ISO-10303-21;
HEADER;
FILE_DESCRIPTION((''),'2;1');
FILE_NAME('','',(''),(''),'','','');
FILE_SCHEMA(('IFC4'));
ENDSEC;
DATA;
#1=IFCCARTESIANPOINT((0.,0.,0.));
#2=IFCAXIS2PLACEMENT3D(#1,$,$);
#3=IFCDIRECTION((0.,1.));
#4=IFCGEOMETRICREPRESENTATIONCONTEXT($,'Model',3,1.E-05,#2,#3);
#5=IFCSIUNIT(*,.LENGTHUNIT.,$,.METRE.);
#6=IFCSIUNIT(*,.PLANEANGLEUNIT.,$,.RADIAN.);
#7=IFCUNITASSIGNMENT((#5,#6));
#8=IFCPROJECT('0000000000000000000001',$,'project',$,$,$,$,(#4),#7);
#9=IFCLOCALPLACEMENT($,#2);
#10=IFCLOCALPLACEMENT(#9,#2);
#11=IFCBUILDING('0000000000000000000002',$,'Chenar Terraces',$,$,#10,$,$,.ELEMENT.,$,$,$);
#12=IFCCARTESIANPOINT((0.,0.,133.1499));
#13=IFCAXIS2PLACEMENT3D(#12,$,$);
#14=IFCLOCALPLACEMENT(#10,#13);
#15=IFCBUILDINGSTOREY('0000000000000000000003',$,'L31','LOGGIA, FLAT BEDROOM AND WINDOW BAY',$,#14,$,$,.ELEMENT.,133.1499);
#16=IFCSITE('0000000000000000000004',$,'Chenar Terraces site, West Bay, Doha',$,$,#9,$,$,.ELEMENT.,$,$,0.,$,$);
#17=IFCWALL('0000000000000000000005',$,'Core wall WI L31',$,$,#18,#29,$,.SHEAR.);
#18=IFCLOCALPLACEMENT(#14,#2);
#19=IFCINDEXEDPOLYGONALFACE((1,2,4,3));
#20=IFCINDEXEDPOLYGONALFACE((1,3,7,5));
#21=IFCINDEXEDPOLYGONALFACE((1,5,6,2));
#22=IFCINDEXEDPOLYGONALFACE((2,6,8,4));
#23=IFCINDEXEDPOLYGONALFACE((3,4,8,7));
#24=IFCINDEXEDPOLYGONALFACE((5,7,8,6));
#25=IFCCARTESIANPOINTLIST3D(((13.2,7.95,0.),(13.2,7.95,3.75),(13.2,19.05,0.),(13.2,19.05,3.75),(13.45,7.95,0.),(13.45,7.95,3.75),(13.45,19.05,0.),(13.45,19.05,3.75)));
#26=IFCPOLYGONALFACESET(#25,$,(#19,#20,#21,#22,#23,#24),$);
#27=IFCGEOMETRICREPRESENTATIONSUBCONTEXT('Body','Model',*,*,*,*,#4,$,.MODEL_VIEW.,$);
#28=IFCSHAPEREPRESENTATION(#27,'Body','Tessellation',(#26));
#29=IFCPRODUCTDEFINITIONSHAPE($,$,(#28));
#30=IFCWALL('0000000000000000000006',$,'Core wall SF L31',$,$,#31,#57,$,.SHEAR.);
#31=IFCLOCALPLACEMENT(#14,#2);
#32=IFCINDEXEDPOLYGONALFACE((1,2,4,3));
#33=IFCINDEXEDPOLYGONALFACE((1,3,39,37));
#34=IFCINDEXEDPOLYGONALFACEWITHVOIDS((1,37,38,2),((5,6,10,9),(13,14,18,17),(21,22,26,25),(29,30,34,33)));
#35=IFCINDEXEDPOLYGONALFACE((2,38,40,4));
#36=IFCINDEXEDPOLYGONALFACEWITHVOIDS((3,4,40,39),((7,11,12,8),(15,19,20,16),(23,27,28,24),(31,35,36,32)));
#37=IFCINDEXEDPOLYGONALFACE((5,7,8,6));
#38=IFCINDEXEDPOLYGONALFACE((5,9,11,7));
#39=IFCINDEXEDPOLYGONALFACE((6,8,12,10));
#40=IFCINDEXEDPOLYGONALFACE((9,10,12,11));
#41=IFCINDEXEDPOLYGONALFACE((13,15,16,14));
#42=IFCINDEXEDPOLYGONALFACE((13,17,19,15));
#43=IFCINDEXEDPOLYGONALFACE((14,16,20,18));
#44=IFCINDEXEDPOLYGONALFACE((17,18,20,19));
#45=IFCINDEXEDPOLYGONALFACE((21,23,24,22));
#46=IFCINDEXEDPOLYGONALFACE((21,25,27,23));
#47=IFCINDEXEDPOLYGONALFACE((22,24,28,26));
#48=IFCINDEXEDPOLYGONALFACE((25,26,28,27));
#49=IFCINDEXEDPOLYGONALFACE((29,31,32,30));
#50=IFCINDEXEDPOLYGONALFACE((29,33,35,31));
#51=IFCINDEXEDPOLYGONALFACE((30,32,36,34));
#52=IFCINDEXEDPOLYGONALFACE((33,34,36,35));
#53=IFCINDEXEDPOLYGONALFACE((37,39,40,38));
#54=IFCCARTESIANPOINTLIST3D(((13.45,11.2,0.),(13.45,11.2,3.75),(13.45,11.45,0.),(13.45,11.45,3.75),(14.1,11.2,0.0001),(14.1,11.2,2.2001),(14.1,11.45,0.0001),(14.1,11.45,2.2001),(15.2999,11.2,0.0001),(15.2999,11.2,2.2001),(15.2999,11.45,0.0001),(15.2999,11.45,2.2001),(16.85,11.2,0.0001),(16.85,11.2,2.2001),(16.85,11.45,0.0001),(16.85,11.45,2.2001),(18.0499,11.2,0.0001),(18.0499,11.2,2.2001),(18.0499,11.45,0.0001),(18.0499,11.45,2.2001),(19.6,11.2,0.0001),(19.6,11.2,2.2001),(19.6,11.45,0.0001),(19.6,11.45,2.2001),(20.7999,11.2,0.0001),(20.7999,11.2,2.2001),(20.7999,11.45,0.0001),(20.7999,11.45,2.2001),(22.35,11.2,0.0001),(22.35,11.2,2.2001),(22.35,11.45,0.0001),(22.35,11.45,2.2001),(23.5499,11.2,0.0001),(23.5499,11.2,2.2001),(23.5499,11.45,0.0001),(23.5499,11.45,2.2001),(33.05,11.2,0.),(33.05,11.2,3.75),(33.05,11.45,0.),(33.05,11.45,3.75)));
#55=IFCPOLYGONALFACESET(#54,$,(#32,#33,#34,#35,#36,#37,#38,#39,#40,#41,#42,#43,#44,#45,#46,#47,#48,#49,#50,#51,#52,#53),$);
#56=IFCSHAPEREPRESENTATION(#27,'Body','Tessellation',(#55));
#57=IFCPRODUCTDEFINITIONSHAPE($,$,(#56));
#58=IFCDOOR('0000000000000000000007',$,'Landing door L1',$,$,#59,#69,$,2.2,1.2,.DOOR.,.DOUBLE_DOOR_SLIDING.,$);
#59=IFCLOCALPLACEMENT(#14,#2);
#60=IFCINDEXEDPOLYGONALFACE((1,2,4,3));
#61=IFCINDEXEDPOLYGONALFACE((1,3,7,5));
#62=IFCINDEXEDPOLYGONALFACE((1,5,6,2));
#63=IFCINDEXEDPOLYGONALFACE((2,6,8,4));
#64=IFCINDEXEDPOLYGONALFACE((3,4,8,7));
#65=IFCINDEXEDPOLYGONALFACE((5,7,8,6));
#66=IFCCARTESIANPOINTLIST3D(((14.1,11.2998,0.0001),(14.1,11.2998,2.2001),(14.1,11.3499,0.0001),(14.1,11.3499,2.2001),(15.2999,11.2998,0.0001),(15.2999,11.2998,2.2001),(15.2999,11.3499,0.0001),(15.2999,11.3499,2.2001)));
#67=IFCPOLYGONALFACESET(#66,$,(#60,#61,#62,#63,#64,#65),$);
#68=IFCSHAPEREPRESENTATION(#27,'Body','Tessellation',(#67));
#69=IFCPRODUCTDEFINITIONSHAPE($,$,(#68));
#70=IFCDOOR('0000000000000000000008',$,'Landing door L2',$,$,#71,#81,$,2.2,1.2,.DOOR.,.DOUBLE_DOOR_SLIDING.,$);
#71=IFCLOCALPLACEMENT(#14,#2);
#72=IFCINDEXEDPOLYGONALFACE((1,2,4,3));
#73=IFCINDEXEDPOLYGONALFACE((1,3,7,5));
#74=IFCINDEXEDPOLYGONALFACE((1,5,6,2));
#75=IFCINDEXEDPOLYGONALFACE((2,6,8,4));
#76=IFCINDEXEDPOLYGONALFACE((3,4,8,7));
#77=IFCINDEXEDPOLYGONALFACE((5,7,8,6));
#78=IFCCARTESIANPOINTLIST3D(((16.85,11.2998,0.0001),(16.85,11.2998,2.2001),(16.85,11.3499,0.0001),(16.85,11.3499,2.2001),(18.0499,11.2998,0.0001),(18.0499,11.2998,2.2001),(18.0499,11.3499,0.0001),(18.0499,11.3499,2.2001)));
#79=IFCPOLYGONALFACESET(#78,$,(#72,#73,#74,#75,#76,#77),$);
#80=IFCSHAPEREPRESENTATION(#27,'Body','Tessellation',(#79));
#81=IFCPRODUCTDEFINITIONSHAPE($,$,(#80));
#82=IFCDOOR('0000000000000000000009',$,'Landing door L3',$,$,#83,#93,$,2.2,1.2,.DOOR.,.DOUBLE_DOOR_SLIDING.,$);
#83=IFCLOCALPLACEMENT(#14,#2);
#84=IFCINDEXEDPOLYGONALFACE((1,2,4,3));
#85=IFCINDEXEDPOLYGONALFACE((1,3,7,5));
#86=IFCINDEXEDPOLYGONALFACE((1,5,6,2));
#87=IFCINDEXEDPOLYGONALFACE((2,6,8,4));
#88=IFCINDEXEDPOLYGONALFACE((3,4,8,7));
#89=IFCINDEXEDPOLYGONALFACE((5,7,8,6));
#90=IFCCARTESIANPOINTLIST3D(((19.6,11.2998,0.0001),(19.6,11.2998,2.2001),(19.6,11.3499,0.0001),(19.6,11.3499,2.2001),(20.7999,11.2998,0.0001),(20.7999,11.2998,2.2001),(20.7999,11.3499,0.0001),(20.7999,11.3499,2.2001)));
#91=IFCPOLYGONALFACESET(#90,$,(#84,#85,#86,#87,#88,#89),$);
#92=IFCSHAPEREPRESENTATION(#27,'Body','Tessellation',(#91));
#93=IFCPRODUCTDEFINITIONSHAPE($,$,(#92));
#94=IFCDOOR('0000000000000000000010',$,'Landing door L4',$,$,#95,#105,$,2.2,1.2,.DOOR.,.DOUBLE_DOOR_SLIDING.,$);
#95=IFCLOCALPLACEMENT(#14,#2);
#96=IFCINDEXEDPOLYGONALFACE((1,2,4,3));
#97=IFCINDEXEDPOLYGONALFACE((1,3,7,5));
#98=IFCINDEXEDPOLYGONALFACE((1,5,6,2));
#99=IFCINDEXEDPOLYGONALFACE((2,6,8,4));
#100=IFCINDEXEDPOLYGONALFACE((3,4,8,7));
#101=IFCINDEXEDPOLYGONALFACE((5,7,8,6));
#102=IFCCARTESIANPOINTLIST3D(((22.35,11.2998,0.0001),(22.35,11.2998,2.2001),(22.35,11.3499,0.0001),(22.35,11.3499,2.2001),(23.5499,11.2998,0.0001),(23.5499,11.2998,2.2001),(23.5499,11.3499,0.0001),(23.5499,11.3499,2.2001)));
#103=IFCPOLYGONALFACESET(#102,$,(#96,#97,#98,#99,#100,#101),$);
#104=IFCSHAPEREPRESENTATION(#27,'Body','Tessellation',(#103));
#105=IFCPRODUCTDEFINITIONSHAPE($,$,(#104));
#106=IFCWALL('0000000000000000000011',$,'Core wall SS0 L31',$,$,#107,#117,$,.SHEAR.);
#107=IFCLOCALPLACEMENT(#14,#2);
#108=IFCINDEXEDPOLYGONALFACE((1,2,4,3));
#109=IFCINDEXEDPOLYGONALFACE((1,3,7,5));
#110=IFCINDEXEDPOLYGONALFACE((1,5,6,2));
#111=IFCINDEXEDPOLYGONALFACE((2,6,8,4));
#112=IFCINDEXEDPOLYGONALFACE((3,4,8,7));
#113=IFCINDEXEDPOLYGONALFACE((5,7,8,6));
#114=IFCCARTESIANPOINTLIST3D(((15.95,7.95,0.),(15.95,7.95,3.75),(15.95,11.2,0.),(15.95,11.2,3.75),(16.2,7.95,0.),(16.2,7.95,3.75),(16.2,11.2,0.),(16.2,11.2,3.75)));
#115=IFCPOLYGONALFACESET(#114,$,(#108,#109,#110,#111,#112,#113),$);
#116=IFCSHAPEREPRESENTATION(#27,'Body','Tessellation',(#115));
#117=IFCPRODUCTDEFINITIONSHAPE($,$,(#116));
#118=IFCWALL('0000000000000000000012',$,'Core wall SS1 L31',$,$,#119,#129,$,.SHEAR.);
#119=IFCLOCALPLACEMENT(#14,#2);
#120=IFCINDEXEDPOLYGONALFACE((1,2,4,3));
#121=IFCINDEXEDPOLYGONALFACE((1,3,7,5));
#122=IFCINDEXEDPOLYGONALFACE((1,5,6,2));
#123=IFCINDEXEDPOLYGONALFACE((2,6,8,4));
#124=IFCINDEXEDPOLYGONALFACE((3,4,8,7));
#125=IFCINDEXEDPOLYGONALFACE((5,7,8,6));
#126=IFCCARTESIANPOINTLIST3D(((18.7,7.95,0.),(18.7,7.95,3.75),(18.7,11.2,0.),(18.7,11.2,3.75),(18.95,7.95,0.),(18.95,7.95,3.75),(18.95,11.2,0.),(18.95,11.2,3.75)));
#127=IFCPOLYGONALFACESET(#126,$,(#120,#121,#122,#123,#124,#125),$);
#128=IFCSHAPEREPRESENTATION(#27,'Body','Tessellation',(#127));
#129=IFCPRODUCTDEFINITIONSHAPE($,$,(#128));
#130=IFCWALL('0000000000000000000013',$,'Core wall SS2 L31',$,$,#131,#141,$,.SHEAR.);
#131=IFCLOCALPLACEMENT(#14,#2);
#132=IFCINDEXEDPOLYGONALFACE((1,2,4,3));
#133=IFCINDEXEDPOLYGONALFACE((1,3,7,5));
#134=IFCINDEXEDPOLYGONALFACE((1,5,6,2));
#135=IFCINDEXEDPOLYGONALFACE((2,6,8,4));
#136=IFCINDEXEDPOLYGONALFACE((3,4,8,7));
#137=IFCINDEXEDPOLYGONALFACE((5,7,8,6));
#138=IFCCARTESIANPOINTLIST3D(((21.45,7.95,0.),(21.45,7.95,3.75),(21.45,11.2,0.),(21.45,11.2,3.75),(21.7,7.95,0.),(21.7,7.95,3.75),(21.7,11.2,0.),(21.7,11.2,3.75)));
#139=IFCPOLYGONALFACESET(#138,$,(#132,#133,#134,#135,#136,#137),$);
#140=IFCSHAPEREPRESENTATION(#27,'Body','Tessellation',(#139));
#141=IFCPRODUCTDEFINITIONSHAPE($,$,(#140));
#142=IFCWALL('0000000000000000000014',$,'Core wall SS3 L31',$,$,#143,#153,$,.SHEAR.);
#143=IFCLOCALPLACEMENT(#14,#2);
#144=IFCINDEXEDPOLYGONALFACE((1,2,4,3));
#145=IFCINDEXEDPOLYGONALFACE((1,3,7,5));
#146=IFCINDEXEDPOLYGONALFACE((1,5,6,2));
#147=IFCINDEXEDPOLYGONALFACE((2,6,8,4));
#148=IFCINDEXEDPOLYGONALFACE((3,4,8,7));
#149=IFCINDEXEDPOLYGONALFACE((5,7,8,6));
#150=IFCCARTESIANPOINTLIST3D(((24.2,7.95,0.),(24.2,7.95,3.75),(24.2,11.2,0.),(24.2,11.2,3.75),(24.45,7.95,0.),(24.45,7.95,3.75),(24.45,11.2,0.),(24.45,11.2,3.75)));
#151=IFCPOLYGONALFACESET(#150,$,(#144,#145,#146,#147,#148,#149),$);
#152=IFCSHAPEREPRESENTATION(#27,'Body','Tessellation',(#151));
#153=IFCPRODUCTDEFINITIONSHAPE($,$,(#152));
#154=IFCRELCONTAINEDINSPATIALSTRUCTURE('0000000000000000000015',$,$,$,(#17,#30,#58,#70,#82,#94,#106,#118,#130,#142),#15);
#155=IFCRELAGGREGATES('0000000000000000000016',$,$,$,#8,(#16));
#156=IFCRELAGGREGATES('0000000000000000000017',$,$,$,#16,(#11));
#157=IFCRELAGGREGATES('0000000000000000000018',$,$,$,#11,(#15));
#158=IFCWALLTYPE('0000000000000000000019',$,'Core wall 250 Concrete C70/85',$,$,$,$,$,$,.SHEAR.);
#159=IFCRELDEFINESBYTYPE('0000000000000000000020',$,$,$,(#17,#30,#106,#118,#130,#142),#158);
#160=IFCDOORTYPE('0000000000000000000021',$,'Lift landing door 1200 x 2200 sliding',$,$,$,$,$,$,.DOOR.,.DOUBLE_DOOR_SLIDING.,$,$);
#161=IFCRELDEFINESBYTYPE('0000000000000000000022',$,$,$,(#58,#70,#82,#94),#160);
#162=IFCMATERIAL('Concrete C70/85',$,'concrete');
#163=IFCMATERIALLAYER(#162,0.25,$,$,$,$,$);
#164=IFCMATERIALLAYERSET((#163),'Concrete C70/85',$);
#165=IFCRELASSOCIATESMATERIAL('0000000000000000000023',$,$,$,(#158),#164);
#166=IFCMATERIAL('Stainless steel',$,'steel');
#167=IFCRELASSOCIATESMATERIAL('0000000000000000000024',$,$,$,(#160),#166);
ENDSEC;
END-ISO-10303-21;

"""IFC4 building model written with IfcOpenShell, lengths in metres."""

from ifc_helpers import new_model, si_unit, direction, frame, frame_2d, origin, place, context, subcontext, project, spatial, rectangle, extrude, material, layer, layer_set, type_object, element, fill, save


model = new_model("IFC4")

# Units and contexts
model_context = context("Model", 3, precision=1e-05, world=origin(), true_north=direction((0.0, 1.0)))
body_context = subcontext(model_context, "Body", "Model", "MODEL_VIEW")
ifc_project = project(units=[si_unit("LENGTHUNIT", "METRE"), si_unit("PLANEANGLEUNIT", "RADIAN")], contexts=[model_context])

# Site, building, storey
site_placement = place(None, origin())
site = spatial("IfcSite", under=ifc_project, at=site_placement, Name="Chenar Terraces site, West Bay, Doha", CompositionType="ELEMENT", RefElevation=0.0)
building_placement = place(site_placement, origin())
building = spatial("IfcBuilding", under=site, at=building_placement, Name="Chenar Terraces", CompositionType="ELEMENT")
storey_placement = place(building_placement, frame((0.0, 0.0, 133.1499)))
storey = spatial("IfcBuildingStorey", under=building, at=storey_placement, Name="L31", Description="LOGGIA, FLAT BEDROOM AND WINDOW BAY", CompositionType="ELEMENT", Elevation=133.1499)

# Wall
ifc_material_1 = material(Name="Concrete C70/85", Category="concrete")
ifc_layer_1 = layer(ifc_material_1, 0.25)
ifc_layer_set_1 = layer_set([ifc_layer_1], Name="Concrete C70/85")
wall_type_1 = type_object("IfcWallType", Name="Core wall 250 Concrete C70/85", PredefinedType="SHEAR", material=ifc_layer_set_1)
wall_1_placement = place(storey_placement, frame((13.325, 7.95, 0.0), z_axis=(0.0, 0.0, 1.0), x_axis=(0.0, 1.0, 0.0)))
element("IfcWall", 1, at=wall_1_placement, inside=storey, type_object=wall_type_1, Name="Core wall WI L31", PredefinedType="SHEAR", context=body_context, shape_type="SweptSolid", body=[
    extrude(rectangle(XDim=11.1001, YDim=0.25, at=frame_2d((5.55, 0.0))), origin(), (0.0, 0.0, 1.0), 3.75),
])

# Wall, openings, doors
wall_2_placement = place(storey_placement, frame((13.45, 11.325, 0.0), z_axis=(0.0, 0.0, 1.0), x_axis=(1.0, 0.0, 0.0)))
wall_2 = element("IfcWall", 2, at=wall_2_placement, inside=storey, type_object=wall_type_1, Name="Core wall SF L31", PredefinedType="SHEAR", context=body_context, shape_type="SweptSolid", body=[
    extrude(rectangle(XDim=19.6001, YDim=0.25, at=frame_2d((9.8, 0.0))), origin(), (0.0, 0.0, 1.0), 3.75),
])
opening_1_placement = place(wall_2_placement, frame((0.6499, 0.0, 0.0)))
opening_1 = element("IfcOpeningElement", 3, at=opening_1_placement, cuts=wall_2, PredefinedType="OPENING", context=body_context, shape_type="SweptSolid", body=[
    extrude(rectangle(XDim=1.2, YDim=2.2, at=frame_2d((0.6001, 1.1001))), frame((0.0, 0.135, 0.0), z_axis=(0.0, -1.0, 0.0), x_axis=(1.0, 0.0, 0.0)), (0.0, 0.0, 1.0), 0.27),
])
opening_2_placement = place(wall_2_placement, frame((3.3999, 0.0, 0.0)))
opening_2 = element("IfcOpeningElement", 4, at=opening_2_placement, cuts=wall_2, PredefinedType="OPENING", context=body_context, shape_type="SweptSolid", body=[
    extrude(rectangle(XDim=1.2, YDim=2.2, at=frame_2d((0.6001, 1.1001))), frame((0.0, 0.135, 0.0), z_axis=(0.0, -1.0, 0.0), x_axis=(1.0, 0.0, 0.0)), (0.0, 0.0, 1.0), 0.27),
])
opening_3_placement = place(wall_2_placement, frame((6.1499, 0.0, 0.0)))
opening_3 = element("IfcOpeningElement", 5, at=opening_3_placement, cuts=wall_2, PredefinedType="OPENING", context=body_context, shape_type="SweptSolid", body=[
    extrude(rectangle(XDim=1.2, YDim=2.2, at=frame_2d((0.6001, 1.1001))), frame((0.0, 0.135, 0.0), z_axis=(0.0, -1.0, 0.0), x_axis=(1.0, 0.0, 0.0)), (0.0, 0.0, 1.0), 0.27),
])
opening_4_placement = place(wall_2_placement, frame((8.8999, 0.0, 0.0)))
opening_4 = element("IfcOpeningElement", 6, at=opening_4_placement, cuts=wall_2, PredefinedType="OPENING", context=body_context, shape_type="SweptSolid", body=[
    extrude(rectangle(XDim=1.2, YDim=2.2, at=frame_2d((0.6001, 1.1001))), frame((0.0, 0.135, 0.0), z_axis=(0.0, -1.0, 0.0), x_axis=(1.0, 0.0, 0.0)), (0.0, 0.0, 1.0), 0.27),
])
ifc_material_2 = material(Name="Stainless steel", Category="steel")
door_type_1 = type_object("IfcDoorType", Name="Lift landing door 1200 x 2200 sliding", OperationType="DOUBLE_DOOR_SLIDING", PredefinedType="DOOR", material=ifc_material_2)
door_1_placement = place(opening_1_placement, origin())
door_1 = element("IfcDoor", 7, at=door_1_placement, inside=storey, type_object=door_type_1, Name="Landing door L1", OperationType="DOUBLE_DOOR_SLIDING", OverallHeight=2.2, OverallWidth=1.2, PredefinedType="DOOR", context=body_context, shape_type="SweptSolid", body=[
    extrude(rectangle(XDim=1.2, YDim=2.2, at=frame_2d((0.6001, 1.1001))), frame((0.0, 0.0249, 0.0), z_axis=(0.0, -1.0, 0.0), x_axis=(1.0, 0.0, 0.0)), (0.0, 0.0, 1.0), 0.05),
])
fill(opening_1, door_1)
door_2_placement = place(opening_2_placement, origin())
door_2 = element("IfcDoor", 8, at=door_2_placement, inside=storey, type_object=door_type_1, Name="Landing door L2", OperationType="DOUBLE_DOOR_SLIDING", OverallHeight=2.2, OverallWidth=1.2, PredefinedType="DOOR", context=body_context, shape_type="SweptSolid", body=[
    extrude(rectangle(XDim=1.2, YDim=2.2, at=frame_2d((0.6001, 1.1001))), frame((0.0, 0.0249, 0.0), z_axis=(0.0, -1.0, 0.0), x_axis=(1.0, 0.0, 0.0)), (0.0, 0.0, 1.0), 0.05),
])
fill(opening_2, door_2)
door_3_placement = place(opening_3_placement, origin())
door_3 = element("IfcDoor", 9, at=door_3_placement, inside=storey, type_object=door_type_1, Name="Landing door L3", OperationType="DOUBLE_DOOR_SLIDING", OverallHeight=2.2, OverallWidth=1.2, PredefinedType="DOOR", context=body_context, shape_type="SweptSolid", body=[
    extrude(rectangle(XDim=1.2, YDim=2.2, at=frame_2d((0.6001, 1.1001))), frame((0.0, 0.0249, 0.0), z_axis=(0.0, -1.0, 0.0), x_axis=(1.0, 0.0, 0.0)), (0.0, 0.0, 1.0), 0.05),
])
fill(opening_3, door_3)
door_4_placement = place(opening_4_placement, origin())
door_4 = element("IfcDoor", 10, at=door_4_placement, inside=storey, type_object=door_type_1, Name="Landing door L4", OperationType="DOUBLE_DOOR_SLIDING", OverallHeight=2.2, OverallWidth=1.2, PredefinedType="DOOR", context=body_context, shape_type="SweptSolid", body=[
    extrude(rectangle(XDim=1.2, YDim=2.2, at=frame_2d((0.6001, 1.1001))), frame((0.0, 0.0249, 0.0), z_axis=(0.0, -1.0, 0.0), x_axis=(1.0, 0.0, 0.0)), (0.0, 0.0, 1.0), 0.05),
])
fill(opening_4, door_4)

# Walls
for number, where, z_axis, x_axis, name in (
    (11, (16.075, 7.95, 0.0), (0.0, 0.0, 1.0), (0.0, 1.0, 0.0), "Core wall SS0 L31"),
    (12, (18.825, 7.95, 0.0), (0.0, 0.0, 1.0), (0.0, 1.0, 0.0), "Core wall SS1 L31"),
    (13, (21.575, 7.95, 0.0), (0.0, 0.0, 1.0), (0.0, 1.0, 0.0), "Core wall SS2 L31"),
    (14, (24.325, 7.95, 0.0), (0.0, 0.0, 1.0), (0.0, 1.0, 0.0), "Core wall SS3 L31"),
):
    element("IfcWall", number, at=place(storey_placement, frame(where, z_axis=z_axis, x_axis=x_axis)), inside=storey, type_object=wall_type_1, Name=name, PredefinedType="SHEAR", context=body_context, shape_type="SweptSolid", body=[
        extrude(rectangle(XDim=3.25, YDim=0.25, at=frame_2d((1.625, 0.0))), origin(), (0.0, 0.0, 1.0), 3.75),
    ])

save(model, "model.ifc")
